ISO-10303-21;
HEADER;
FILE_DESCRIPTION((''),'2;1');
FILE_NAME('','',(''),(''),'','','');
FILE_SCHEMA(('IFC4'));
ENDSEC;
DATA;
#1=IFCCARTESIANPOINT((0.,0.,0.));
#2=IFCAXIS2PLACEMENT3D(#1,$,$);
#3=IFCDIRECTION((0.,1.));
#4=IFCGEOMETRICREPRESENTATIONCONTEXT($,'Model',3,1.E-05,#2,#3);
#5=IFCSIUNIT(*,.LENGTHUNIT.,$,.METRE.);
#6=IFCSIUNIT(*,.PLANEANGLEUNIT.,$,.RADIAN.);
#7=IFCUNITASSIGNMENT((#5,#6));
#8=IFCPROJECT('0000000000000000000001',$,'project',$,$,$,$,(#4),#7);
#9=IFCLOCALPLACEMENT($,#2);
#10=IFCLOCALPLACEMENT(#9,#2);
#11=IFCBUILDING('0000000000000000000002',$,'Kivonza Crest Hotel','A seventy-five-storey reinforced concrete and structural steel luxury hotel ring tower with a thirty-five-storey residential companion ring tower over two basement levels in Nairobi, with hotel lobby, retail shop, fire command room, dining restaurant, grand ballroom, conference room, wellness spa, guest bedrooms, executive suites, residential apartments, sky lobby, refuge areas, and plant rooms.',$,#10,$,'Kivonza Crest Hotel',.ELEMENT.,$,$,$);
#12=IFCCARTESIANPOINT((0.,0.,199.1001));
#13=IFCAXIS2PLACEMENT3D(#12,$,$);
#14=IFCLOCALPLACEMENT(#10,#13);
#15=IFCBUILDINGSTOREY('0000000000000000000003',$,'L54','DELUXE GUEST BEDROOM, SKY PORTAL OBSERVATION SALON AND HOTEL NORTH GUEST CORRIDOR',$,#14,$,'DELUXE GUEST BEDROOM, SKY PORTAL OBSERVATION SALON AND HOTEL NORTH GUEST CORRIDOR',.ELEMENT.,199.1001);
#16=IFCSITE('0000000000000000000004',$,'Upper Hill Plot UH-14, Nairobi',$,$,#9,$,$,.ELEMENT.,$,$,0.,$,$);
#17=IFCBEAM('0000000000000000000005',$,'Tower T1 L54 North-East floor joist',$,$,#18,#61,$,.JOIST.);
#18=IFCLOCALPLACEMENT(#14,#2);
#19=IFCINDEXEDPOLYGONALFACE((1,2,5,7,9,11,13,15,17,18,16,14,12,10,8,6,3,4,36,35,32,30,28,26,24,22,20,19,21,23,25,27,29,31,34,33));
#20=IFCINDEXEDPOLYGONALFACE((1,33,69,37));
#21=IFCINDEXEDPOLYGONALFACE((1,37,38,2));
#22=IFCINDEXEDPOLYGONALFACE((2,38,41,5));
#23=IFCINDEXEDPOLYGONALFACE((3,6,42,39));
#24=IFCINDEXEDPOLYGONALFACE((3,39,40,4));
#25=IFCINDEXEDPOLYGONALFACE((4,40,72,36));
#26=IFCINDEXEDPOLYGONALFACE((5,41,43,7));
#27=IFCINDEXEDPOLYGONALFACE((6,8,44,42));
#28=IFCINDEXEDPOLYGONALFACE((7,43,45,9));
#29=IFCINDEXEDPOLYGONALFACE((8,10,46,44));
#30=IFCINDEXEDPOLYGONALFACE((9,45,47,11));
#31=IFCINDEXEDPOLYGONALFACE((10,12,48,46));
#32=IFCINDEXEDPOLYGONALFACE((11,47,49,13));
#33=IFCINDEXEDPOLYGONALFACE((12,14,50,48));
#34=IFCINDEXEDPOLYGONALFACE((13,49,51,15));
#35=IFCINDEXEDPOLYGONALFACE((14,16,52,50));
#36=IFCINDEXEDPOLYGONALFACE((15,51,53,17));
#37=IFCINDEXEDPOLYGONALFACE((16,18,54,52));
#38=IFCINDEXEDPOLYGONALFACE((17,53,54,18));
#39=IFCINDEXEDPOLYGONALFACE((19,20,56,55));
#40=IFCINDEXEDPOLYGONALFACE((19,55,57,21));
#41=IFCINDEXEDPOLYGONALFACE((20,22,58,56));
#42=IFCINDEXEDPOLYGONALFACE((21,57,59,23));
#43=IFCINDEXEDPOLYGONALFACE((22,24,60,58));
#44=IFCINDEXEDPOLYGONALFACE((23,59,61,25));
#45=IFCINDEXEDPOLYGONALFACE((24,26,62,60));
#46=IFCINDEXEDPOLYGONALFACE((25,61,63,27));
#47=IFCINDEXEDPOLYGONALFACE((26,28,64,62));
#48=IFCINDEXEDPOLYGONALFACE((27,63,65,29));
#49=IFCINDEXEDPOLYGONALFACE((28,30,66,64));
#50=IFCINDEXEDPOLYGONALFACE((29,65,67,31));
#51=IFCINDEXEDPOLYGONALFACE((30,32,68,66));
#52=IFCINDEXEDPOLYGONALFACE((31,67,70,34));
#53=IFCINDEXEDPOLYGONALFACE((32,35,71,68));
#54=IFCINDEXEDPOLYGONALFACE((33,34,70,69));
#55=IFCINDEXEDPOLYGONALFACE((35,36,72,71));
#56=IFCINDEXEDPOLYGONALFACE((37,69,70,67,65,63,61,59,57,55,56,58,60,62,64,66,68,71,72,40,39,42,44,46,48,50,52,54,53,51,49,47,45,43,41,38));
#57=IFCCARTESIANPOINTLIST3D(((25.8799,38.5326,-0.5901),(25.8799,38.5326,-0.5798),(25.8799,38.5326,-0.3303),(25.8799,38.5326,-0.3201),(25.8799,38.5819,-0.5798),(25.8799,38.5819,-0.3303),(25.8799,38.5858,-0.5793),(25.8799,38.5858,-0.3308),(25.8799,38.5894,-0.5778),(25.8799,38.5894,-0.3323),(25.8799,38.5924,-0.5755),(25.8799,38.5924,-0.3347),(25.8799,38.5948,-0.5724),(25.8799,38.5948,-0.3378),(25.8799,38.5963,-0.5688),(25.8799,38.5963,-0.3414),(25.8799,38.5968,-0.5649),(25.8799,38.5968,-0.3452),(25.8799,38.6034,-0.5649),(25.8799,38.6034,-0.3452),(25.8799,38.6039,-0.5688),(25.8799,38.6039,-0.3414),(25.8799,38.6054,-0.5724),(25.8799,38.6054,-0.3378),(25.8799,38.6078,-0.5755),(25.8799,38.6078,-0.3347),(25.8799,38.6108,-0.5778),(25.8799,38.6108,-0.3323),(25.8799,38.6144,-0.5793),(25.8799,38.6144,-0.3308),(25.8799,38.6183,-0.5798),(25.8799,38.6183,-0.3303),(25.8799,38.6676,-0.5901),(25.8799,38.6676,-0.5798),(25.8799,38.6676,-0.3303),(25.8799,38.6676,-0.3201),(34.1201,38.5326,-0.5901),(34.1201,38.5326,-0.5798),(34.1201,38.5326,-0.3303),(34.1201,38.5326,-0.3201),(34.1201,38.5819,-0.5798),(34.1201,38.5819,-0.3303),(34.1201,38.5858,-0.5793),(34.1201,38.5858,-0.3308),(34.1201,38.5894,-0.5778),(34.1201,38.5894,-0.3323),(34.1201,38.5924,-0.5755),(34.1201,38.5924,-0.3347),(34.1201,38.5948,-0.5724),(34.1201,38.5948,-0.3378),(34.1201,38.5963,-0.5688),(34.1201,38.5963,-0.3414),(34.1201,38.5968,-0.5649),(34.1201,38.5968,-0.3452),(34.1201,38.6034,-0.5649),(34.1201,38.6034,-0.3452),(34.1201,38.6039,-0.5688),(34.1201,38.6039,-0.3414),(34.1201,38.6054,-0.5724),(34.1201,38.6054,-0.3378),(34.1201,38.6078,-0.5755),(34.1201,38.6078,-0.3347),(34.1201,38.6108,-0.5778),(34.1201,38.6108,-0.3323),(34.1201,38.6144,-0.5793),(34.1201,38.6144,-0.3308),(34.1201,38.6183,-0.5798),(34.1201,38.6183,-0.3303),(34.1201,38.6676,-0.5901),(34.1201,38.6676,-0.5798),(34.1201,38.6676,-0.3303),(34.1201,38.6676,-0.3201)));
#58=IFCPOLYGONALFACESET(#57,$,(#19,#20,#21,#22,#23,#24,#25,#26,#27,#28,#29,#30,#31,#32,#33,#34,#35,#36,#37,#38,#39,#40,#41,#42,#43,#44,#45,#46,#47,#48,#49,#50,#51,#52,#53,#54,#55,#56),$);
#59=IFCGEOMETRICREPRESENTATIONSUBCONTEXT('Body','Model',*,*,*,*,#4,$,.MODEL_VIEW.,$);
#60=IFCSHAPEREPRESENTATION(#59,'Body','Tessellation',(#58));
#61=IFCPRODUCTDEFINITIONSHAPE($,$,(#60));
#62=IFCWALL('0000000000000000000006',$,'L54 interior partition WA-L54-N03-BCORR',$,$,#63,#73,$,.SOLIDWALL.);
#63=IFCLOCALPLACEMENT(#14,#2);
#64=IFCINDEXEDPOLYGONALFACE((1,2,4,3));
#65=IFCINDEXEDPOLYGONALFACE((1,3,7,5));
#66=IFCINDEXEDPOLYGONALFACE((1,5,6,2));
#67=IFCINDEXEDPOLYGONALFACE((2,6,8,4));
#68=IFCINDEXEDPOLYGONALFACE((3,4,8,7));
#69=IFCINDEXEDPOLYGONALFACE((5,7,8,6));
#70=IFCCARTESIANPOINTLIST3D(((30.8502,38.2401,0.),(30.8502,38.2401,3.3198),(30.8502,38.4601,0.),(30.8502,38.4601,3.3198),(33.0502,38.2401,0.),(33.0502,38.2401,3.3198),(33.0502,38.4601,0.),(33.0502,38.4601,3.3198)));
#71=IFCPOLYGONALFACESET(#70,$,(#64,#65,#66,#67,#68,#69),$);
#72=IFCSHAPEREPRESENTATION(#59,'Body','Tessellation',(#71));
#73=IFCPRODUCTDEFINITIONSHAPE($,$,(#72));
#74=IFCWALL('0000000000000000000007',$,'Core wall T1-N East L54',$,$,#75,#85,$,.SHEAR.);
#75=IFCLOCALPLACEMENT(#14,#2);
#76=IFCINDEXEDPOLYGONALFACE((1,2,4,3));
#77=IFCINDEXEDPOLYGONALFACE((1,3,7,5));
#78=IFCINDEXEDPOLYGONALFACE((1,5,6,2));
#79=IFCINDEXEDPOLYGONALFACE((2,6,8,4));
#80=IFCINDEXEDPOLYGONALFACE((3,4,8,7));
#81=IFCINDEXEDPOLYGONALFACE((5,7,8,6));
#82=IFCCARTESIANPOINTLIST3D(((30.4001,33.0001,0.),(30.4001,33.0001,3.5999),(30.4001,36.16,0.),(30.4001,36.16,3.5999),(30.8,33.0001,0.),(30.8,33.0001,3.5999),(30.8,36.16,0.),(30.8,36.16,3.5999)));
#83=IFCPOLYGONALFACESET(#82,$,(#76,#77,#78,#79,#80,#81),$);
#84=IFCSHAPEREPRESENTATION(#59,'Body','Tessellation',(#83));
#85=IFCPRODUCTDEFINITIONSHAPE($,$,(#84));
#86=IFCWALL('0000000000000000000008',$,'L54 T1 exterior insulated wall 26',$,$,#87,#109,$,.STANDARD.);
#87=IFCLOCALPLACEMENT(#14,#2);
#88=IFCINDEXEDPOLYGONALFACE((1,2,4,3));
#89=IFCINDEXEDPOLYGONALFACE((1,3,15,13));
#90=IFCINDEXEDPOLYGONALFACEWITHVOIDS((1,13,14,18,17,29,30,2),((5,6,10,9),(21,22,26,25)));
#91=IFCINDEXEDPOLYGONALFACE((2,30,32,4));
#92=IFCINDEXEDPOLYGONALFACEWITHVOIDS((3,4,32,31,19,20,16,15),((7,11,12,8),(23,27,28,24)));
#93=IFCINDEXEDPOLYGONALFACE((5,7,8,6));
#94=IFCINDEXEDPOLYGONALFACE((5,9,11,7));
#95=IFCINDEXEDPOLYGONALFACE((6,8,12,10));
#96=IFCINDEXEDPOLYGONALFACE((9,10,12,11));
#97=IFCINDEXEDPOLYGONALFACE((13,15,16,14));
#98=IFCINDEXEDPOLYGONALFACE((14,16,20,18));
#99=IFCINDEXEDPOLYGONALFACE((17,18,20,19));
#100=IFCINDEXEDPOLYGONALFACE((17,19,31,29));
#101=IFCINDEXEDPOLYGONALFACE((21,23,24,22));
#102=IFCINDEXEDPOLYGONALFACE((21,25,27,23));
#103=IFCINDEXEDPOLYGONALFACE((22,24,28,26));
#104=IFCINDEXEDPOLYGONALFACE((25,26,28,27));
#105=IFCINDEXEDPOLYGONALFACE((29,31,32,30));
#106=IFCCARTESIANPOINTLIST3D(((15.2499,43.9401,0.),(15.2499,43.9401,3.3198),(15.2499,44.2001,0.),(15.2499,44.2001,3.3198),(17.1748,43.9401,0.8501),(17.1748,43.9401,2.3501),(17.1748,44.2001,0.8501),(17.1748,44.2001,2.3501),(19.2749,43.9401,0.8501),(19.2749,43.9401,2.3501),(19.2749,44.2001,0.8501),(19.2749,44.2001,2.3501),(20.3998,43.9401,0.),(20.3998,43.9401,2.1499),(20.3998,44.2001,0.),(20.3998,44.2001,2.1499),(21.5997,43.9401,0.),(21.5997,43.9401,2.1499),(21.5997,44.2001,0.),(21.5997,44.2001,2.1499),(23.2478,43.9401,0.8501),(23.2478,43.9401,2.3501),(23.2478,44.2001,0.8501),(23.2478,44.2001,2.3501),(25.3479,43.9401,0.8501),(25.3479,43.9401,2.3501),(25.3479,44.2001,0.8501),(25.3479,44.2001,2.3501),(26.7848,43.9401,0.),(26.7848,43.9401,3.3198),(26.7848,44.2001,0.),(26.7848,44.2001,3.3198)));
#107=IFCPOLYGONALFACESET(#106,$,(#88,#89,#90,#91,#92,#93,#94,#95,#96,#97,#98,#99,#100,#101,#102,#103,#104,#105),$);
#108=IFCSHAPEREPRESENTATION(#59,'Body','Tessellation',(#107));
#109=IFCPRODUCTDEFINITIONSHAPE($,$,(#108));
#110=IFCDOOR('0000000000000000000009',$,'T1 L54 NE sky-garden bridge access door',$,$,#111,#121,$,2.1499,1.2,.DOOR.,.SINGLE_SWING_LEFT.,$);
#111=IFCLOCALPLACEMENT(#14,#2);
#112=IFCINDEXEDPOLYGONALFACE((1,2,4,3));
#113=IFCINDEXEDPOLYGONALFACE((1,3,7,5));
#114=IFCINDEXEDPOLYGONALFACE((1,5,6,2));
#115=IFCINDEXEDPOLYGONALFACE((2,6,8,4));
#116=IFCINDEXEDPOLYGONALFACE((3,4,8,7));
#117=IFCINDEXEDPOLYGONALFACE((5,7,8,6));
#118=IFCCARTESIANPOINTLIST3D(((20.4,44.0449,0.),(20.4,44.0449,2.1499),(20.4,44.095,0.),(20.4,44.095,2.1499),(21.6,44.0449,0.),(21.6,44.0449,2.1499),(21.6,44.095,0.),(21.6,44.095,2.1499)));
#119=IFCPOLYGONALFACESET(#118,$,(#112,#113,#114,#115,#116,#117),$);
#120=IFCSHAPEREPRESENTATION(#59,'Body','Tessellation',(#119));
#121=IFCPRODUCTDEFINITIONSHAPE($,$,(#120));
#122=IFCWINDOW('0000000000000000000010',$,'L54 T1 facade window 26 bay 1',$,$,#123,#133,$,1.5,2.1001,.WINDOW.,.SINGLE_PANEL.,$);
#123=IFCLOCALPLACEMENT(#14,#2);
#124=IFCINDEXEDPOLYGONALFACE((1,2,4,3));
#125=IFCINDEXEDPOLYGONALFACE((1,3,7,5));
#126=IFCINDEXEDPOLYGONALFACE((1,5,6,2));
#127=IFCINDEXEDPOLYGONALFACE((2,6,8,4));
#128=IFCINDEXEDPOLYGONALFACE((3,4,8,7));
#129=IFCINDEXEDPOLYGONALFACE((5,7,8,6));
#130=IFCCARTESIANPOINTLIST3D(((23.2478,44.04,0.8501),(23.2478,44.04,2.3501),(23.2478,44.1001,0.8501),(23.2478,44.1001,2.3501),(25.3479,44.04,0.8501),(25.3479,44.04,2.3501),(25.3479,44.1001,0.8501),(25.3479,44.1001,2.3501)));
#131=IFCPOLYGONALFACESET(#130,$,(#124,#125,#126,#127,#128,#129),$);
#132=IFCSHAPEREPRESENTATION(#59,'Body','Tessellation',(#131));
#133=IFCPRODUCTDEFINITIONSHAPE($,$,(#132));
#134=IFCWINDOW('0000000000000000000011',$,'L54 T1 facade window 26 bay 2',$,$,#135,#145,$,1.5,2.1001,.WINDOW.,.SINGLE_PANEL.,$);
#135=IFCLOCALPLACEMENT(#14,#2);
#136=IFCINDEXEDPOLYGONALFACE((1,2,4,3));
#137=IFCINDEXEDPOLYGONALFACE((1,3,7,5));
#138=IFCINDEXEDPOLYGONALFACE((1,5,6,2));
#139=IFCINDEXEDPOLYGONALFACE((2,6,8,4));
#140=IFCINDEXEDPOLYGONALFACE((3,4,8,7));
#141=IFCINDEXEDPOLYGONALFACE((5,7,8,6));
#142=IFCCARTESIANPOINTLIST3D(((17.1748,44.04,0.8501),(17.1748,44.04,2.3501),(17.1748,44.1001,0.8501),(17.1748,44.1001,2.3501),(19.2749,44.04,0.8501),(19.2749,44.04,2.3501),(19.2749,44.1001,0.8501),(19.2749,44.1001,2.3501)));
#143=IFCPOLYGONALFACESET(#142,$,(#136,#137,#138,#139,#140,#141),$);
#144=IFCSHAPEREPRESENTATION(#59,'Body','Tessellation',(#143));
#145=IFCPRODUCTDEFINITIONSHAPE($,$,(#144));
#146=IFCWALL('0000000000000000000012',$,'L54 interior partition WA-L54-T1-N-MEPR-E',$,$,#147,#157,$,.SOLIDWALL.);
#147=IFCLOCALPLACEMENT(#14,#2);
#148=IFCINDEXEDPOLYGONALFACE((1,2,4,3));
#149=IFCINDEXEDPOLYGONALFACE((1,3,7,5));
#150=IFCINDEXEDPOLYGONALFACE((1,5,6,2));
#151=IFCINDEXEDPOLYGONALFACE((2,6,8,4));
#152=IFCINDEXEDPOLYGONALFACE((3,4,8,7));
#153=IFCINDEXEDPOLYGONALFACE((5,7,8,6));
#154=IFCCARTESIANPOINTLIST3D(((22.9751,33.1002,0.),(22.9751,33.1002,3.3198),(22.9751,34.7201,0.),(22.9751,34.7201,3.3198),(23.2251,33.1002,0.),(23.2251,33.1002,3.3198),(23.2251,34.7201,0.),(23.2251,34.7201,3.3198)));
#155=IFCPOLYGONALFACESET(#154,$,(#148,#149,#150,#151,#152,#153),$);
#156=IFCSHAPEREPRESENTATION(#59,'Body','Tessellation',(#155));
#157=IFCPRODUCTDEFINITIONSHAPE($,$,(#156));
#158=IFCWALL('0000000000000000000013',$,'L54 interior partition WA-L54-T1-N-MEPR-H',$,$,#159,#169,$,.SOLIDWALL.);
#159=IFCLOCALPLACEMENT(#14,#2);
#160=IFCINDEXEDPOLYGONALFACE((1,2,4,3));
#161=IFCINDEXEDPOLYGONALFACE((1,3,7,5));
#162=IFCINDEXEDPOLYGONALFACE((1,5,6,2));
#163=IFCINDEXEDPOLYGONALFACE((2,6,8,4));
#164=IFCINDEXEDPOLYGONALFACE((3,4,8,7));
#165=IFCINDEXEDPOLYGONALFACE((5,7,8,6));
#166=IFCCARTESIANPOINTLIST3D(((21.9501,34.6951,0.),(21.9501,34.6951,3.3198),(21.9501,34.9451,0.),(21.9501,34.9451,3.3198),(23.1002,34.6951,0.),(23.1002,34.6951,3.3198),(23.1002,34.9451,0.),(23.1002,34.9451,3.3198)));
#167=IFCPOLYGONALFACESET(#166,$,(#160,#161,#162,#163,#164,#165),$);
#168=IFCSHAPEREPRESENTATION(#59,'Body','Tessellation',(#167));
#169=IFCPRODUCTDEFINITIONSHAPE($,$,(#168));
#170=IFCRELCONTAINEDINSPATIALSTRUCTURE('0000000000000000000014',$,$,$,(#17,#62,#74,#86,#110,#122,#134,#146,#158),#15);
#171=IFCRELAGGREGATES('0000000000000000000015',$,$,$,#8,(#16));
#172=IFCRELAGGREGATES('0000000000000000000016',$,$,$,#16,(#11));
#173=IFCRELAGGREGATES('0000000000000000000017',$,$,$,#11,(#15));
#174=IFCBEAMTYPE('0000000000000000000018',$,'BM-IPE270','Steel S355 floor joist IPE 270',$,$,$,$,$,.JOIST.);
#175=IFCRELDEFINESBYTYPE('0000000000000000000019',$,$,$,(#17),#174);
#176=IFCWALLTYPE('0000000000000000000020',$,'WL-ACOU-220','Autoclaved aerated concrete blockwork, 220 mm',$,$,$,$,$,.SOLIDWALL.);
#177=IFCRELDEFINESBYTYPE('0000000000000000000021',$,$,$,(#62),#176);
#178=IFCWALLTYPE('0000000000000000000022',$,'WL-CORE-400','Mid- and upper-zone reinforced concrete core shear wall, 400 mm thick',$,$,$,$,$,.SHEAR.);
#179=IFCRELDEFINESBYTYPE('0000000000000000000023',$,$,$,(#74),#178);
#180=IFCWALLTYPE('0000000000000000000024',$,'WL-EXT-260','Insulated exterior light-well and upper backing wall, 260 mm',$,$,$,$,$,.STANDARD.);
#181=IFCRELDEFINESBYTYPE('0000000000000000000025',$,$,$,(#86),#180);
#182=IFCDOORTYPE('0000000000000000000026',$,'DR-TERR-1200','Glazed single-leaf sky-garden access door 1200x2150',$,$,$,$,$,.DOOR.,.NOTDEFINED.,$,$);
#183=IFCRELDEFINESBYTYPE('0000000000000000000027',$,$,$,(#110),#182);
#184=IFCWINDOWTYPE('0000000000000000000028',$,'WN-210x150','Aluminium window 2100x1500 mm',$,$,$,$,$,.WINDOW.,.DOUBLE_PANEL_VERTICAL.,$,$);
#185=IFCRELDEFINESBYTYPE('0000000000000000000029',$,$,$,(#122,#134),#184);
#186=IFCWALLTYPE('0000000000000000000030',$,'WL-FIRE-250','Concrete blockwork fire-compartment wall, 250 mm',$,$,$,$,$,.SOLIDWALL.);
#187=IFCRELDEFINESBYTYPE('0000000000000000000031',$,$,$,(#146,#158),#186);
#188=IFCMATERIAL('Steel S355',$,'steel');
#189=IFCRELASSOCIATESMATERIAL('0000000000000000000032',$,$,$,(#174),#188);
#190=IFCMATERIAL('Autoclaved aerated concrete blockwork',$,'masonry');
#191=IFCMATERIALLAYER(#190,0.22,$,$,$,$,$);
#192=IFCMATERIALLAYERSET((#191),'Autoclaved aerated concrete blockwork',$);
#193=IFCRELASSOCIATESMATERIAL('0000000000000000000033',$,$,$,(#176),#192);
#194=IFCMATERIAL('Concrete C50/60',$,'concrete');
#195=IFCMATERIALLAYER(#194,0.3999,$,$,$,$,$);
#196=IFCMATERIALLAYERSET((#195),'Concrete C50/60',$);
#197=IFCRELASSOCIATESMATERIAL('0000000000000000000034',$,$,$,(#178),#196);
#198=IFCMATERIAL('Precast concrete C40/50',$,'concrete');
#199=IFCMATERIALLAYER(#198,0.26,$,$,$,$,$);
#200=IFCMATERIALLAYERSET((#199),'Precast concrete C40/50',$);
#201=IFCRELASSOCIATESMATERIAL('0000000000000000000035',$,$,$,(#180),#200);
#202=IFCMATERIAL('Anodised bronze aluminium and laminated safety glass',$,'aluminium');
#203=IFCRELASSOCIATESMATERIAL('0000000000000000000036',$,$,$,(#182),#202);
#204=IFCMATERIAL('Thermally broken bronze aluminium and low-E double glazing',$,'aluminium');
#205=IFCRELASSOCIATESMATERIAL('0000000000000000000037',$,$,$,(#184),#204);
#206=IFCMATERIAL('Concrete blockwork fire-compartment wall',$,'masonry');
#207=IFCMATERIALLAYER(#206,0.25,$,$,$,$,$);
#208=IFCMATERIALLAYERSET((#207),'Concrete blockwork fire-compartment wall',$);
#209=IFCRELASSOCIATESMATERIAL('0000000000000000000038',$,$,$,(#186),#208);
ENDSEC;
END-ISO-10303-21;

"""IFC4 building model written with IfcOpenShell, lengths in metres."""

from ifc_helpers import new_model, si_unit, direction, frame, frame_2d, origin, origin_2d, place, context, subcontext, project, spatial, rectangle, i_section, extrude, material, layer, layer_set, material_profile, profile_set, type_object, element, fill, save


model = new_model("IFC4")

# Units and contexts
model_context = context("Model", 3, precision=1e-05, world=origin(), true_north=direction((0.0, 1.0)))
body_context = subcontext(model_context, "Body", "Model", "MODEL_VIEW")
ifc_project = project(units=[si_unit("LENGTHUNIT", "METRE"), si_unit("PLANEANGLEUNIT", "RADIAN")], contexts=[model_context])

# Site, building, storey
site_placement = place(None, origin())
site = spatial("IfcSite", under=ifc_project, at=site_placement, Name="Upper Hill Plot UH-14, Nairobi", CompositionType="ELEMENT", RefElevation=0.0)
building_placement = place(site_placement, origin())
building = spatial("IfcBuilding", under=site, at=building_placement, Name="Kivonza Crest Hotel", Description="A seventy-five-storey reinforced concrete and structural steel luxury hotel ring tower with a thirty-five-storey residential companion ring tower over two basement levels in Nairobi, with hotel lobby, retail shop, fire command room, dining restaurant, grand ballroom, conference room, wellness spa, guest bedrooms, executive suites, residential apartments, sky lobby, refuge areas, and plant rooms.", LongName="Kivonza Crest Hotel", CompositionType="ELEMENT")
storey_placement = place(building_placement, frame((0.0, 0.0, 199.1001)))
storey = spatial("IfcBuildingStorey", under=building, at=storey_placement, Name="L54", Description="DELUXE GUEST BEDROOM, SKY PORTAL OBSERVATION SALON AND HOTEL NORTH GUEST CORRIDOR", LongName="DELUXE GUEST BEDROOM, SKY PORTAL OBSERVATION SALON AND HOTEL NORTH GUEST CORRIDOR", CompositionType="ELEMENT", Elevation=199.1001)

# Shared definitions
ifc_material_1 = material(Name="Concrete C50/60", Category="concrete")

# Beam
ifc_material_2 = material(Name="Steel S355", Category="steel")
ifc_material_profile_1 = material_profile(ifc_material_2, i_section(OverallWidth=0.135, OverallDepth=0.27, WebThickness=0.0066, FlangeThickness=0.0103, FilletRadius=0.0149, at=origin_2d()), Name="IPE 270")
ifc_profile_set_1 = profile_set([ifc_material_profile_1], Name="Steel S355")
beam_type_1 = type_object("IfcBeamType", Name="BM-IPE270", Description="Steel S355 floor joist IPE 270", PredefinedType="JOIST", material=ifc_profile_set_1)
beam_1_placement = place(storey_placement, frame((25.8799, 38.6001, -0.4551), z_axis=(1.0, 0.0, 0.0), x_axis=(0.0, 1.0, 0.0)))
element("IfcBeam", 1, at=beam_1_placement, inside=storey, type_object=beam_type_1, Name="Tower T1 L54 North-East floor joist", PredefinedType="JOIST", context=body_context, shape_type="SweptSolid", body=[
    extrude(i_section(OverallWidth=0.135, OverallDepth=0.27, WebThickness=0.0066, FlangeThickness=0.0103, FilletRadius=0.0149, at=origin_2d()), origin(), (0.0, 0.0, 1.0), 8.2402),
])

# Walls
ifc_material_3 = material(Name="Autoclaved aerated concrete blockwork", Category="masonry")
ifc_layer_1 = layer(ifc_material_3, 0.22)
ifc_layer_set_1 = layer_set([ifc_layer_1], Name="Autoclaved aerated concrete blockwork")
wall_type_1 = type_object("IfcWallType", Name="WL-ACOU-220", Description="Autoclaved aerated concrete blockwork, 220 mm", PredefinedType="SOLIDWALL", material=ifc_layer_set_1)
wall_1_placement = place(storey_placement, frame((30.8501, 38.3501, 0.0), z_axis=(0.0, 0.0, 1.0), x_axis=(1.0, 0.0, 0.0)))
element("IfcWall", 2, at=wall_1_placement, inside=storey, type_object=wall_type_1, Name="L54 interior partition WA-L54-N03-BCORR", PredefinedType="SOLIDWALL", context=body_context, shape_type="SweptSolid", body=[
    extrude(rectangle(XDim=2.2, YDim=0.22, at=frame_2d((1.1001, 0.0))), origin(), (0.0, 0.0, 1.0), 3.3198),
])
ifc_layer_2 = layer(ifc_material_1, 0.3999)
ifc_layer_set_2 = layer_set([ifc_layer_2], Name="Concrete C50/60")
wall_type_2 = type_object("IfcWallType", Name="WL-CORE-400", Description="Mid- and upper-zone reinforced concrete core shear wall, 400 mm thick", PredefinedType="SHEAR", material=ifc_layer_set_2)
wall_2_placement = place(storey_placement, frame((30.6001, 33.0, 0.0), z_axis=(0.0, 0.0, 1.0), x_axis=(0.0, 1.0, 0.0)))
element("IfcWall", 3, at=wall_2_placement, inside=storey, type_object=wall_type_2, Name="Core wall T1-N East L54", PredefinedType="SHEAR", context=body_context, shape_type="SweptSolid", body=[
    extrude(rectangle(XDim=3.1599, YDim=0.3999, at=frame_2d((1.5801, 0.0))), origin(), (0.0, 0.0, 1.0), 3.5999),
])

# Wall, openings, door, windows
ifc_material_4 = material(Name="Precast concrete C40/50", Category="concrete")
ifc_layer_3 = layer(ifc_material_4, 0.26)
ifc_layer_set_3 = layer_set([ifc_layer_3], Name="Precast concrete C40/50")
wall_type_3 = type_object("IfcWallType", Name="WL-EXT-260", Description="Insulated exterior light-well and upper backing wall, 260 mm", PredefinedType="STANDARD", material=ifc_layer_set_3)
wall_3_placement = place(storey_placement, frame((26.7849, 44.0701, 0.0), z_axis=(0.0, 0.0, 1.0), x_axis=(-1.0, 0.0, 0.0)))
wall_3 = element("IfcWall", 4, at=wall_3_placement, inside=storey, type_object=wall_type_3, Name="L54 T1 exterior insulated wall 26", PredefinedType="STANDARD", context=body_context, shape_type="SweptSolid", body=[
    extrude(rectangle(XDim=11.5349, YDim=0.26, at=frame_2d((5.7676, 0.0))), origin(), (0.0, 0.0, 1.0), 3.3198),
])
opening_1_placement = place(wall_3_placement, frame((5.1851, 0.0, 0.0)))
opening_1 = element("IfcOpeningElement", 5, at=opening_1_placement, cuts=wall_3, PredefinedType="OPENING", context=body_context, shape_type="SweptSolid", body=[
    extrude(rectangle(XDim=1.2, YDim=2.1499, at=frame_2d((0.6001, 1.075))), frame((0.0, 0.1401, 0.0), z_axis=(0.0, -1.0, 0.0), x_axis=(1.0, 0.0, 0.0)), (0.0, 0.0, 1.0), 0.28),
])
opening_2_placement = place(wall_3_placement, frame((1.437, 0.0, 0.8501)))
opening_2 = element("IfcOpeningElement", 6, at=opening_2_placement, cuts=wall_3, PredefinedType="OPENING", context=body_context, shape_type="SweptSolid", body=[
    extrude(rectangle(XDim=2.1001, YDim=1.5, at=frame_2d((1.05, 0.75))), frame((0.0, 0.1401, 0.0), z_axis=(0.0, -1.0, 0.0), x_axis=(1.0, 0.0, 0.0)), (0.0, 0.0, 1.0), 0.28),
])
opening_3_placement = place(wall_3_placement, frame((7.51, 0.0, 0.8501)))
opening_3 = element("IfcOpeningElement", 7, at=opening_3_placement, cuts=wall_3, PredefinedType="OPENING", context=body_context, shape_type="SweptSolid", body=[
    extrude(rectangle(XDim=2.1001, YDim=1.5, at=frame_2d((1.05, 0.75))), frame((0.0, 0.1401, 0.0), z_axis=(0.0, -1.0, 0.0), x_axis=(1.0, 0.0, 0.0)), (0.0, 0.0, 1.0), 0.28),
])
ifc_material_5 = material(Name="Anodised bronze aluminium and laminated safety glass", Category="aluminium")
door_type_1 = type_object("IfcDoorType", Name="DR-TERR-1200", Description="Glazed single-leaf sky-garden access door 1200x2150", OperationType="NOTDEFINED", PredefinedType="DOOR", material=ifc_material_5)
door_1_placement = place(opening_1_placement, frame((1.2, 0.0, 0.0), z_axis=(0.0, 0.0, 1.0), x_axis=(-1.0, 0.0, 0.0)))
door_1 = element("IfcDoor", 8, at=door_1_placement, inside=storey, type_object=door_type_1, Name="T1 L54 NE sky-garden bridge access door", OperationType="SINGLE_SWING_LEFT", OverallHeight=2.1499, OverallWidth=1.2, PredefinedType="DOOR", context=body_context, shape_type="SweptSolid", body=[
    extrude(rectangle(XDim=1.2, YDim=2.1499, at=frame_2d((0.6001, 1.075))), frame((0.0, 0.0249, 0.0), z_axis=(0.0, -1.0, 0.0), x_axis=(1.0, 0.0, 0.0)), (0.0, 0.0, 1.0), 0.05),
])
fill(opening_1, door_1)
ifc_material_6 = material(Name="Thermally broken bronze aluminium and low-E double glazing", Category="aluminium")
window_type = type_object("IfcWindowType", Name="WN-210x150", Description="Aluminium window 2100x1500 mm", PartitioningType="DOUBLE_PANEL_VERTICAL", PredefinedType="WINDOW", material=ifc_material_6)
window_1_placement = place(opening_2_placement, origin())
window_1 = element("IfcWindow", 9, at=window_1_placement, inside=storey, type_object=window_type, Name="L54 T1 facade window 26 bay 1", OverallHeight=1.5, OverallWidth=2.1001, PartitioningType="SINGLE_PANEL", PredefinedType="WINDOW", context=body_context, shape_type="SweptSolid", body=[
    extrude(rectangle(XDim=2.1001, YDim=1.5, at=frame_2d((1.05, 0.75))), frame((0.0, 0.03, 0.0), z_axis=(0.0, -1.0, 0.0), x_axis=(1.0, 0.0, 0.0)), (0.0, 0.0, 1.0), 0.0601),
])
fill(opening_2, window_1)
window_2_placement = place(opening_3_placement, origin())
window_2 = element("IfcWindow", 10, at=window_2_placement, inside=storey, type_object=window_type, Name="L54 T1 facade window 26 bay 2", OverallHeight=1.5, OverallWidth=2.1001, PartitioningType="SINGLE_PANEL", PredefinedType="WINDOW", context=body_context, shape_type="SweptSolid", body=[
    extrude(rectangle(XDim=2.1001, YDim=1.5, at=frame_2d((1.05, 0.75))), frame((0.0, 0.03, 0.0), z_axis=(0.0, -1.0, 0.0), x_axis=(1.0, 0.0, 0.0)), (0.0, 0.0, 1.0), 0.0601),
])
fill(opening_3, window_2)

# Walls
ifc_material_7 = material(Name="Concrete blockwork fire-compartment wall", Category="masonry")
ifc_layer_4 = layer(ifc_material_7, 0.25)
ifc_layer_set_4 = layer_set([ifc_layer_4], Name="Concrete blockwork fire-compartment wall")
wall_type_4 = type_object("IfcWallType", Name="WL-FIRE-250", Description="Concrete blockwork fire-compartment wall, 250 mm", PredefinedType="SOLIDWALL", material=ifc_layer_set_4)
wall_4_placement = place(storey_placement, frame((23.1001, 33.1001, 0.0), z_axis=(0.0, 0.0, 1.0), x_axis=(0.0, 1.0, 0.0)))
element("IfcWall", 11, at=wall_4_placement, inside=storey, type_object=wall_type_4, Name="L54 interior partition WA-L54-T1-N-MEPR-E", PredefinedType="SOLIDWALL", context=body_context, shape_type="SweptSolid", body=[
    extrude(rectangle(XDim=1.6199, YDim=0.25, at=frame_2d((0.8101, 0.0))), origin(), (0.0, 0.0, 1.0), 3.3198),
])
wall_5_placement = place(storey_placement, frame((21.95, 34.8201, 0.0), z_axis=(0.0, 0.0, 1.0), x_axis=(1.0, 0.0, 0.0)))
element("IfcWall", 12, at=wall_5_placement, inside=storey, type_object=wall_type_4, Name="L54 interior partition WA-L54-T1-N-MEPR-H", PredefinedType="SOLIDWALL", context=body_context, shape_type="SweptSolid", body=[
    extrude(rectangle(XDim=1.1501, YDim=0.25, at=frame_2d((0.5752, 0.0))), origin(), (0.0, 0.0, 1.0), 3.3198),
])

save(model, "model.ifc")
